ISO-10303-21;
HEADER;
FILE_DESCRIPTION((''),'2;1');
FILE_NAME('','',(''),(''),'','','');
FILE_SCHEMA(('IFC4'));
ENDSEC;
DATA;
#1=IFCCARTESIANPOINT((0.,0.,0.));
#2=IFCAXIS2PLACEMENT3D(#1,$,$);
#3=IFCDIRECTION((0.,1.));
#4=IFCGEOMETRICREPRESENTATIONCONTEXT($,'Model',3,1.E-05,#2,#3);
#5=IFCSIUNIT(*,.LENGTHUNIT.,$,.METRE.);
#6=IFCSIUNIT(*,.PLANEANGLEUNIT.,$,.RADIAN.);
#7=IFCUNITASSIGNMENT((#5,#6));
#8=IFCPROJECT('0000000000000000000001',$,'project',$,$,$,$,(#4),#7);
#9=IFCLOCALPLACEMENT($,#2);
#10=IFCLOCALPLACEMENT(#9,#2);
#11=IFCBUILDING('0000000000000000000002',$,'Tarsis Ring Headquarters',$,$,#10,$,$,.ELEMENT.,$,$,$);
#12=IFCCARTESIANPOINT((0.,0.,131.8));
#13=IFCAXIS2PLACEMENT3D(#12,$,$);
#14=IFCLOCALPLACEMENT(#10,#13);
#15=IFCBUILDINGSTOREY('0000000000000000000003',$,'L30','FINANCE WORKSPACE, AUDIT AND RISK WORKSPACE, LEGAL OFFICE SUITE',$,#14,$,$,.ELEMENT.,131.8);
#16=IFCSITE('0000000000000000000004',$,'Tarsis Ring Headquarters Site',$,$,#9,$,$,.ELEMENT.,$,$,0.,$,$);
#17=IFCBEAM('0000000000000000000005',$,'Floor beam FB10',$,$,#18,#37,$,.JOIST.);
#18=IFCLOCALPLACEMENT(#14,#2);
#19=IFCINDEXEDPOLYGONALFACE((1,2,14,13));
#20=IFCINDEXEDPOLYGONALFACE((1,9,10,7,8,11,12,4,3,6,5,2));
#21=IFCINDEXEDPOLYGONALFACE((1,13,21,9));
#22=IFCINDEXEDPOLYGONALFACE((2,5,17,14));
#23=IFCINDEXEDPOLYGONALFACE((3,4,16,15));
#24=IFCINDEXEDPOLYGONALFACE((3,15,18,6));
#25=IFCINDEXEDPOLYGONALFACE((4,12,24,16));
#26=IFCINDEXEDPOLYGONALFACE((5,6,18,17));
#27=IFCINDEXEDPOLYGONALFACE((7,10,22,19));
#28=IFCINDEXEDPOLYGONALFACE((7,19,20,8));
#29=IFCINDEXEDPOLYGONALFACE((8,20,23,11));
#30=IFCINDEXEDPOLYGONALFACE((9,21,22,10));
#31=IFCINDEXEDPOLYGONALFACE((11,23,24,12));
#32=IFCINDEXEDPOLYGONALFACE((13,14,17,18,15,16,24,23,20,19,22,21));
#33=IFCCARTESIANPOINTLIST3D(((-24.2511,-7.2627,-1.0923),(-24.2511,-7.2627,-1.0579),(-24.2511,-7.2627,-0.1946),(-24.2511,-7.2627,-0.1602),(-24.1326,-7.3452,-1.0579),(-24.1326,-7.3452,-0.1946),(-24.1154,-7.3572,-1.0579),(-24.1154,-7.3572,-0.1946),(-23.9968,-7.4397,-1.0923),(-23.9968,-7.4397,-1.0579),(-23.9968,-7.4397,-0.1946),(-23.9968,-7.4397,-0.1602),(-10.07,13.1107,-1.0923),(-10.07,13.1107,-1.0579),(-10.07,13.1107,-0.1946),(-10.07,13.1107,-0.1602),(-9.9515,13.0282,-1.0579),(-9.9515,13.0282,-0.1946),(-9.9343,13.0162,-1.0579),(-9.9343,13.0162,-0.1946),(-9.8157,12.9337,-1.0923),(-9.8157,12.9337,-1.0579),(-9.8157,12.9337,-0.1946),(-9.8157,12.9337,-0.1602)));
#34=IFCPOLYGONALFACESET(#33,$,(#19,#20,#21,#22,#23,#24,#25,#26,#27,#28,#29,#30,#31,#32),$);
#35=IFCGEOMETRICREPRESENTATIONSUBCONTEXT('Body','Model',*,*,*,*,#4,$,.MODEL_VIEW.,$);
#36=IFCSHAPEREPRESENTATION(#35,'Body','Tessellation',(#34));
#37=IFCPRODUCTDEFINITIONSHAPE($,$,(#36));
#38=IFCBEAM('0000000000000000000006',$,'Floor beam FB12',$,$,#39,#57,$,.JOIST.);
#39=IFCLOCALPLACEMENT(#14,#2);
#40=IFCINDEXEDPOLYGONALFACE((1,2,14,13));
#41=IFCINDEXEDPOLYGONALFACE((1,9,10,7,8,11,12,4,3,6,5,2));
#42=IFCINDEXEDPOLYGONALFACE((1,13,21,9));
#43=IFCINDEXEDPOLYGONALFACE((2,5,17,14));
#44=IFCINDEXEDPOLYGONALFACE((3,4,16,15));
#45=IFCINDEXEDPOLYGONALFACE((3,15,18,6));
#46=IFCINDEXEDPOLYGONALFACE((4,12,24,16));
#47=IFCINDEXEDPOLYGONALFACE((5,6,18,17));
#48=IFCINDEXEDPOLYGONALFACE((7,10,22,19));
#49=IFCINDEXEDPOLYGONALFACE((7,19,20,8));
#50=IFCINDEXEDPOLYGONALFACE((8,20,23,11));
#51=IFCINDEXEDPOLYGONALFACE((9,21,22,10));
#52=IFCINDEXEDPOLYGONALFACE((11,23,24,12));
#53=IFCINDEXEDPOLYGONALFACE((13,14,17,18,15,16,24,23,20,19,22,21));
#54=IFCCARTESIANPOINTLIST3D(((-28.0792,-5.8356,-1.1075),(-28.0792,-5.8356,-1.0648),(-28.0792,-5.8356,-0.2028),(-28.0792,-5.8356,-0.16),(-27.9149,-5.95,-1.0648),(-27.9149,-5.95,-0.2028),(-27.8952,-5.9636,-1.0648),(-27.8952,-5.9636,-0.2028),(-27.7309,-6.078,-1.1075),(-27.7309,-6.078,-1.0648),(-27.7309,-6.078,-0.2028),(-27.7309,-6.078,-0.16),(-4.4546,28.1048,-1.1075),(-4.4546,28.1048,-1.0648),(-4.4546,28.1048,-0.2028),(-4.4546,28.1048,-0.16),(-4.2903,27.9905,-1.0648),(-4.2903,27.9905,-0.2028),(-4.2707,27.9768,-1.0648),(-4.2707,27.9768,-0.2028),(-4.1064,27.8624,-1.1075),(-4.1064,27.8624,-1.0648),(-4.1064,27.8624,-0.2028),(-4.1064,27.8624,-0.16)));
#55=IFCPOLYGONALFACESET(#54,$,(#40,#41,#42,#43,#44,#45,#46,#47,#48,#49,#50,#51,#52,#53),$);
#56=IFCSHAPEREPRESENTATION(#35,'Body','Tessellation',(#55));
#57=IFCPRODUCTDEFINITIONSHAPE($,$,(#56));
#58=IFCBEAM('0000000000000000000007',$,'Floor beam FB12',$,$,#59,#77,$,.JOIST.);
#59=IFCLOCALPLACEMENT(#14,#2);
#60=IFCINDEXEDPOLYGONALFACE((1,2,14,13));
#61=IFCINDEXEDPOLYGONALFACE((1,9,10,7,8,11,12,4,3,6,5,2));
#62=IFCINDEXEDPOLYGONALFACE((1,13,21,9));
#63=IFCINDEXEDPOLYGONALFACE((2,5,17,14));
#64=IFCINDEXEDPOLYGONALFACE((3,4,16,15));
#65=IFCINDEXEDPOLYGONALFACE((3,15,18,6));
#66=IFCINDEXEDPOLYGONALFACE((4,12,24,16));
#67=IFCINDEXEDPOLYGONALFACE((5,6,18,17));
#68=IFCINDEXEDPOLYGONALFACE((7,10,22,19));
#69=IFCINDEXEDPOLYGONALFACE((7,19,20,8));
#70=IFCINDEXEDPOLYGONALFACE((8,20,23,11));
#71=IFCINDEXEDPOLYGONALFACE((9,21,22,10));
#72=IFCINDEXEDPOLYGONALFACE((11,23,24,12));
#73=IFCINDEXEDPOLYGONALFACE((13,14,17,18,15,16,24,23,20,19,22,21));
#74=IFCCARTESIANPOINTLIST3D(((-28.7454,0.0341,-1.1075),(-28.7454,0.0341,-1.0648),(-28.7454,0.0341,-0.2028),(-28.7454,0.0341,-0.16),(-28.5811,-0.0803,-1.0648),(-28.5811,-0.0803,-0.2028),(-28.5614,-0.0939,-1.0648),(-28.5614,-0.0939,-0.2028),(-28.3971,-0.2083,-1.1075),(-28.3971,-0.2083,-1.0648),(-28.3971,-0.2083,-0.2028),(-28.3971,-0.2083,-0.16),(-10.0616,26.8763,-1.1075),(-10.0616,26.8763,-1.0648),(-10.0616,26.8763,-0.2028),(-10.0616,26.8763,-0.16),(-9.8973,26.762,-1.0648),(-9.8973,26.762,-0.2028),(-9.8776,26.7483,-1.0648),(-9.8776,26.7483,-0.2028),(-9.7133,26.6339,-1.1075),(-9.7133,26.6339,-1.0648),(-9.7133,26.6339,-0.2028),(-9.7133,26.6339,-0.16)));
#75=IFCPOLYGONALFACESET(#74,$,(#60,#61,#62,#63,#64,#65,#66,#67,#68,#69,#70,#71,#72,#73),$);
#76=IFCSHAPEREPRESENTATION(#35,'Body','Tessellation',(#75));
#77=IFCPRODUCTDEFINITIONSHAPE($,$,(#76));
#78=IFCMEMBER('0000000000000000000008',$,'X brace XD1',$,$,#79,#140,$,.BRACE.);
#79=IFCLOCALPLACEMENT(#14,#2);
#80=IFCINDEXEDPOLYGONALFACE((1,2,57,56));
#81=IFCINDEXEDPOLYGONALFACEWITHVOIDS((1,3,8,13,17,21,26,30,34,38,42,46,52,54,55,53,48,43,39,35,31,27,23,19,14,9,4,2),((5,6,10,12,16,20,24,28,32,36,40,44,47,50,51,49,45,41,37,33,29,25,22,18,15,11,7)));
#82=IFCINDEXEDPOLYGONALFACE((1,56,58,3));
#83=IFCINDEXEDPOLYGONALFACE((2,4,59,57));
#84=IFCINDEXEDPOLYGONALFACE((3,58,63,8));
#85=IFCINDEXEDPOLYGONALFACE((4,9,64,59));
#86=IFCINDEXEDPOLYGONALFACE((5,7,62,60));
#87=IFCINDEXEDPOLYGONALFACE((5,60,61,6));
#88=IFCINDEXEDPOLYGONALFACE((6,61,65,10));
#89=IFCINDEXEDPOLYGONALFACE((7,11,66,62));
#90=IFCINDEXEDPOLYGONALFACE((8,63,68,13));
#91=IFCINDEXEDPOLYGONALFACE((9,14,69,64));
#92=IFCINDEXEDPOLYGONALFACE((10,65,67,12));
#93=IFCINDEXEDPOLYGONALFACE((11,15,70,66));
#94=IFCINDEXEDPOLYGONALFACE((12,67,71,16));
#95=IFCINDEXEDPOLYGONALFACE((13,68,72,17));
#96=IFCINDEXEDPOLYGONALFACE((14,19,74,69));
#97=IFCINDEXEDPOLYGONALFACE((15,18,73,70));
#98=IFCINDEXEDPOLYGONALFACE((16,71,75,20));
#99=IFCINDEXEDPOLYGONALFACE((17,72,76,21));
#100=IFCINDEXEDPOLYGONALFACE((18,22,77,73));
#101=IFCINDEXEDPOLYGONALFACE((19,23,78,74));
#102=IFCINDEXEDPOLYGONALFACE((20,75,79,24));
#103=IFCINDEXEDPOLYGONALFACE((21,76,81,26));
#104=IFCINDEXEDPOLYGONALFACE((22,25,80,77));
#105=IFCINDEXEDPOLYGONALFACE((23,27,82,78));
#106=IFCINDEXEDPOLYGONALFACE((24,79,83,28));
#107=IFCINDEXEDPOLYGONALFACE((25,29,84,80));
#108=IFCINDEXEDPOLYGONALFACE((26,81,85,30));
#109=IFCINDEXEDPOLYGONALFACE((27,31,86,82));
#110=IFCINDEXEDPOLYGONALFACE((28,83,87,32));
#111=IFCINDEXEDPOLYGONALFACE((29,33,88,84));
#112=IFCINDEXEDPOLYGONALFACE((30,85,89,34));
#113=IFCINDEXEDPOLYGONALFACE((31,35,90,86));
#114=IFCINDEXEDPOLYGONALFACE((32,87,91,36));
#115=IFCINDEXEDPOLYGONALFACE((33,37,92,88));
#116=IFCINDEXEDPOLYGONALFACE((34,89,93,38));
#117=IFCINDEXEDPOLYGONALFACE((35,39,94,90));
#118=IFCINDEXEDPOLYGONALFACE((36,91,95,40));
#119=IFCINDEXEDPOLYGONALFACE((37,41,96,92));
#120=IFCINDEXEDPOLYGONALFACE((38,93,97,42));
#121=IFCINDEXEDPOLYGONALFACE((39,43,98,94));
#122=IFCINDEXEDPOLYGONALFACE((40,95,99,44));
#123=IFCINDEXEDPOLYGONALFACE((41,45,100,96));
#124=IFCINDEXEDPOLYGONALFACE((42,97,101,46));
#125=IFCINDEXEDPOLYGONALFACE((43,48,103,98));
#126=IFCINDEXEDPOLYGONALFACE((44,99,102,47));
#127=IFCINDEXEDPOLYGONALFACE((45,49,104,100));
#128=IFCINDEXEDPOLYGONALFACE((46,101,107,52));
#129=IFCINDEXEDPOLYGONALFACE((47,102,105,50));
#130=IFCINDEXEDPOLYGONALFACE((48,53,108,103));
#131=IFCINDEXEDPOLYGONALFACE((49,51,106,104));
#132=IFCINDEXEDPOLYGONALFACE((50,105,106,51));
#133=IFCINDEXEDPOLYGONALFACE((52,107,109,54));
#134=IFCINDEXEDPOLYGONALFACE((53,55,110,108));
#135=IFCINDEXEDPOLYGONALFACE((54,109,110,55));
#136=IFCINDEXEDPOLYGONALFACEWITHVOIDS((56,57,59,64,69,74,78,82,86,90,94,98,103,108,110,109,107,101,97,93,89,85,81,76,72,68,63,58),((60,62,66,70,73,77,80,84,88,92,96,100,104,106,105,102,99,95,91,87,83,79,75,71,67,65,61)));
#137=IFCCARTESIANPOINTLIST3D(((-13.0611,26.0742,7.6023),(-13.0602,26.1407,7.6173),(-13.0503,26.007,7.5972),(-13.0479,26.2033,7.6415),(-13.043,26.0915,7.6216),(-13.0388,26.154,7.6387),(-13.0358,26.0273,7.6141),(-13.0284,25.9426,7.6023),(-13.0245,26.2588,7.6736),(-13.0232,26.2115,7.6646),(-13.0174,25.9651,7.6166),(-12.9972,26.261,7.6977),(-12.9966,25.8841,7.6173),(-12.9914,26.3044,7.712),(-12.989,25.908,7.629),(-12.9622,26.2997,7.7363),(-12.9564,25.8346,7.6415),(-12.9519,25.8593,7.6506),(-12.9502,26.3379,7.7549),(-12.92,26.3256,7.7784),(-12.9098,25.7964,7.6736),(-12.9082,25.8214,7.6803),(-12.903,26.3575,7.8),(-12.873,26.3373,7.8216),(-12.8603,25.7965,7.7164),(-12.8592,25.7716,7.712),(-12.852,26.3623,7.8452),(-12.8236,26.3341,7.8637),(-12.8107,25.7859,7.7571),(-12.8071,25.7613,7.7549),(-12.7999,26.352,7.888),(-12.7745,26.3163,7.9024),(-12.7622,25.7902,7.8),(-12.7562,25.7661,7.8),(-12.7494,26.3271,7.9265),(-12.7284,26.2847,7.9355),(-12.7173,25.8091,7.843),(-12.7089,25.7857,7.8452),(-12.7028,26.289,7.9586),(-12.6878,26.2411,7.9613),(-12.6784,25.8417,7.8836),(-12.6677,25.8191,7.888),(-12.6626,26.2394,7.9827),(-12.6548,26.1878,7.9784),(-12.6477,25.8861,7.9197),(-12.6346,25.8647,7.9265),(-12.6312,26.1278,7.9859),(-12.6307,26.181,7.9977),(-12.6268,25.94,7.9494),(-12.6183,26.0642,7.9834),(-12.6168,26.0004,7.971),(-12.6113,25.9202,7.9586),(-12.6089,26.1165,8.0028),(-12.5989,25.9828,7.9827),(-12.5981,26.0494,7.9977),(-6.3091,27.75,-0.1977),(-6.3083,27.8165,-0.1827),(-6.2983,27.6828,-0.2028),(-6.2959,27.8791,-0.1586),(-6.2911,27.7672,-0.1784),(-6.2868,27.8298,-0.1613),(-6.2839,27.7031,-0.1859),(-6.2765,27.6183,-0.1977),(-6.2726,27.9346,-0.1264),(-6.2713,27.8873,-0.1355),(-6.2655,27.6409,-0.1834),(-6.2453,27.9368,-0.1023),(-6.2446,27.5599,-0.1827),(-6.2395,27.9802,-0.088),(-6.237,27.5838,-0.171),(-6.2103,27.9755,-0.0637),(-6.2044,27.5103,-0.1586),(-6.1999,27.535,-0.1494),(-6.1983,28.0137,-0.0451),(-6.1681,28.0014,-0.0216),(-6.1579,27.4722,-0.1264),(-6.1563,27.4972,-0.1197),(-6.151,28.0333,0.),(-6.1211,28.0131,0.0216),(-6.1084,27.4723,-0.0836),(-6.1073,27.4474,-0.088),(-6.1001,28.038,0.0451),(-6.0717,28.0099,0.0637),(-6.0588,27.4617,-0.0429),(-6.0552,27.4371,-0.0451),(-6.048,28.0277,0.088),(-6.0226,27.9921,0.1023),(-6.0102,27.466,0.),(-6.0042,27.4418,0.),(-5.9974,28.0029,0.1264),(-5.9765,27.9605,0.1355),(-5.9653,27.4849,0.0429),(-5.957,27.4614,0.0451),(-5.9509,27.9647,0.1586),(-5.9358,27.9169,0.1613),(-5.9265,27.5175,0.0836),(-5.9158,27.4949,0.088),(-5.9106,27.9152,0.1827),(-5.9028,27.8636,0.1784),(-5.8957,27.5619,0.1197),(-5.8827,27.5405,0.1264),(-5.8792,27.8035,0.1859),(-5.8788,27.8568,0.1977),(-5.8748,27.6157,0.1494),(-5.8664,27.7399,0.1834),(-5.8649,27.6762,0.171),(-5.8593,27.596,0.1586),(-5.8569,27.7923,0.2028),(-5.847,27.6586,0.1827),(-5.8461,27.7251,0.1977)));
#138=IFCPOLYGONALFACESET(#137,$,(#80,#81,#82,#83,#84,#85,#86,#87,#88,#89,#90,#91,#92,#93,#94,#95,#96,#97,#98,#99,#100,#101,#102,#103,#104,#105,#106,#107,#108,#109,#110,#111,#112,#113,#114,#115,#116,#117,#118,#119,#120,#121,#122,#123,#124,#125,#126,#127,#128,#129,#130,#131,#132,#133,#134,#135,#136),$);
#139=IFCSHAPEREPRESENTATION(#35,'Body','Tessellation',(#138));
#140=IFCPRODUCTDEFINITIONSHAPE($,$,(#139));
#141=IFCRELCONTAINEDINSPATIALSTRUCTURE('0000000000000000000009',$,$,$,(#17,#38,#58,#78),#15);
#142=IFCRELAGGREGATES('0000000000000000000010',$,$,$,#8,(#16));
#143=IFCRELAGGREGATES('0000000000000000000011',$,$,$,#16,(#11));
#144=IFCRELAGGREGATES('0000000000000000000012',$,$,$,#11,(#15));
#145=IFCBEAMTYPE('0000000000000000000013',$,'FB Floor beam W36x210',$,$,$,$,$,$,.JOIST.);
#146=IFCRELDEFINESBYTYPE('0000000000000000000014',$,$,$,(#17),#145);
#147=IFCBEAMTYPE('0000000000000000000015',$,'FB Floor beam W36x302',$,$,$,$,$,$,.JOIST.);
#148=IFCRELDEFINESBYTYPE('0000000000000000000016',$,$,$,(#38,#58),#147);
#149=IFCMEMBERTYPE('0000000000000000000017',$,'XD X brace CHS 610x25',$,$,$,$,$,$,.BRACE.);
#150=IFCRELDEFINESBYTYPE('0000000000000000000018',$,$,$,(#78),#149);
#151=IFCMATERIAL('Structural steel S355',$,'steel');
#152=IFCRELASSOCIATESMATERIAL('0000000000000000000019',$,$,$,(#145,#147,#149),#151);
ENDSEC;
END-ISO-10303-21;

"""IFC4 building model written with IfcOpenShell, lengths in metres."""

from ifc_helpers import new_model, si_unit, direction, frame, origin, origin_2d, place, context, subcontext, project, spatial, hollow_circle, i_section, extrude, material, material_profile, profile_set, type_object, element, save


model = new_model("IFC4")

# Units and contexts
model_context = context("Model", 3, precision=1e-05, world=origin(), true_north=direction((0.0, 1.0)))
body_context = subcontext(model_context, "Body", "Model", "MODEL_VIEW")
ifc_project = project(units=[si_unit("LENGTHUNIT", "METRE"), si_unit("PLANEANGLEUNIT", "RADIAN")], contexts=[model_context])

# Site, building, storey
site_placement = place(None, origin())
site = spatial("IfcSite", under=ifc_project, at=site_placement, Name="Tarsis Ring Headquarters Site", CompositionType="ELEMENT", RefElevation=0.0)
building_placement = place(site_placement, origin())
building = spatial("IfcBuilding", under=site, at=building_placement, Name="Tarsis Ring Headquarters", CompositionType="ELEMENT")
storey_placement = place(building_placement, frame((0.0, 0.0, 131.8)))
storey = spatial("IfcBuildingStorey", under=building, at=storey_placement, Name="L30", Description="FINANCE WORKSPACE, AUDIT AND RISK WORKSPACE, LEGAL OFFICE SUITE", CompositionType="ELEMENT", Elevation=131.8)

# Shared definitions
ifc_material_1 = material(Name="Structural steel S355", Category="steel")

# Beams
ifc_material_profile_1 = material_profile(ifc_material_1, i_section(OverallWidth=0.3098, OverallDepth=0.9321, WebThickness=0.021, FlangeThickness=0.0344, at=origin_2d()), Name="W36x210")
ifc_profile_set_1 = profile_set([ifc_material_profile_1], Name="Structural steel S355")
beam_type_1 = type_object("IfcBeamType", Name="FB Floor beam W36x210", PredefinedType="JOIST", material=ifc_profile_set_1)
beam_1_placement = place(storey_placement, frame((-9.9429, 13.0222, -0.6262), z_axis=(-0.571289, -0.820749, 0.0), x_axis=(0.820749, -0.571289, 0.0)))
element("IfcBeam", 1, at=beam_1_placement, inside=storey, type_object=beam_type_1, Name="Floor beam FB10", PredefinedType="JOIST", context=body_context, shape_type="SweptSolid", body=[
    extrude(i_section(OverallWidth=0.3098, OverallDepth=0.9321, WebThickness=0.021, FlangeThickness=0.0344, at=origin_2d()), origin(), (0.0, 0.0, 1.0), 24.823),
])
ifc_material_profile_2 = material_profile(ifc_material_1, i_section(OverallWidth=0.4243, OverallDepth=0.9475, WebThickness=0.0239, FlangeThickness=0.0427, at=origin_2d()), Name="W36x302")
ifc_profile_set_2 = profile_set([ifc_material_profile_2], Name="Structural steel S355")
beam_type_2 = type_object("IfcBeamType", Name="FB Floor beam W36x302", PredefinedType="JOIST", material=ifc_profile_set_2)
beam_2_placement = place(storey_placement, frame((-4.2805, 27.9836, -0.6338), z_axis=(-0.571289, -0.820749, 0.0), x_axis=(0.820749, -0.571289, 0.0)))
element("IfcBeam", 2, at=beam_2_placement, inside=storey, type_object=beam_type_2, Name="Floor beam FB12", PredefinedType="JOIST", context=body_context, shape_type="SweptSolid", body=[
    extrude(i_section(OverallWidth=0.4243, OverallDepth=0.9475, WebThickness=0.0239, FlangeThickness=0.0427, at=origin_2d()), origin(), (0.0, 0.0, 1.0), 41.353),
])
beam_3_placement = place(storey_placement, frame((-9.8875, 26.7551, -0.6338), z_axis=(-0.57129, -0.820748, 0.0), x_axis=(0.820748, -0.57129, 0.0)))
element("IfcBeam", 3, at=beam_3_placement, inside=storey, type_object=beam_type_2, Name="Floor beam FB12", PredefinedType="JOIST", context=body_context, shape_type="SweptSolid", body=[
    extrude(i_section(OverallWidth=0.4243, OverallDepth=0.9475, WebThickness=0.0239, FlangeThickness=0.0427, at=origin_2d()), origin(), (0.0, 0.0, 1.0), 32.7046),
])

# Member
ifc_material_profile_3 = material_profile(ifc_material_1, hollow_circle(Radius=0.3047, WallThickness=0.0249, at=origin_2d()), Name="CHS 610x25")
ifc_profile_set_3 = profile_set([ifc_material_profile_3], Name="Structural steel S355")
member_type = type_object("IfcMemberType", Name="XD X brace CHS 610x25", PredefinedType="BRACE", material=ifc_profile_set_3)
member_1_placement = place(storey_placement, frame((-6.0776, 27.7375, 0.0), z_axis=(-0.646015, -0.160336, 0.746295), x_axis=(0.240884, -0.970554, 0.0)))
element("IfcMember", 4, at=member_1_placement, inside=storey, type_object=member_type, Name="X brace XD1", PredefinedType="BRACE", context=body_context, shape_type="SweptSolid", body=[
    extrude(hollow_circle(Radius=0.3047, WallThickness=0.0249, at=origin_2d()), origin(), (0.0, 0.0, 1.0), 10.4517),
])

save(model, "model.ifc")
